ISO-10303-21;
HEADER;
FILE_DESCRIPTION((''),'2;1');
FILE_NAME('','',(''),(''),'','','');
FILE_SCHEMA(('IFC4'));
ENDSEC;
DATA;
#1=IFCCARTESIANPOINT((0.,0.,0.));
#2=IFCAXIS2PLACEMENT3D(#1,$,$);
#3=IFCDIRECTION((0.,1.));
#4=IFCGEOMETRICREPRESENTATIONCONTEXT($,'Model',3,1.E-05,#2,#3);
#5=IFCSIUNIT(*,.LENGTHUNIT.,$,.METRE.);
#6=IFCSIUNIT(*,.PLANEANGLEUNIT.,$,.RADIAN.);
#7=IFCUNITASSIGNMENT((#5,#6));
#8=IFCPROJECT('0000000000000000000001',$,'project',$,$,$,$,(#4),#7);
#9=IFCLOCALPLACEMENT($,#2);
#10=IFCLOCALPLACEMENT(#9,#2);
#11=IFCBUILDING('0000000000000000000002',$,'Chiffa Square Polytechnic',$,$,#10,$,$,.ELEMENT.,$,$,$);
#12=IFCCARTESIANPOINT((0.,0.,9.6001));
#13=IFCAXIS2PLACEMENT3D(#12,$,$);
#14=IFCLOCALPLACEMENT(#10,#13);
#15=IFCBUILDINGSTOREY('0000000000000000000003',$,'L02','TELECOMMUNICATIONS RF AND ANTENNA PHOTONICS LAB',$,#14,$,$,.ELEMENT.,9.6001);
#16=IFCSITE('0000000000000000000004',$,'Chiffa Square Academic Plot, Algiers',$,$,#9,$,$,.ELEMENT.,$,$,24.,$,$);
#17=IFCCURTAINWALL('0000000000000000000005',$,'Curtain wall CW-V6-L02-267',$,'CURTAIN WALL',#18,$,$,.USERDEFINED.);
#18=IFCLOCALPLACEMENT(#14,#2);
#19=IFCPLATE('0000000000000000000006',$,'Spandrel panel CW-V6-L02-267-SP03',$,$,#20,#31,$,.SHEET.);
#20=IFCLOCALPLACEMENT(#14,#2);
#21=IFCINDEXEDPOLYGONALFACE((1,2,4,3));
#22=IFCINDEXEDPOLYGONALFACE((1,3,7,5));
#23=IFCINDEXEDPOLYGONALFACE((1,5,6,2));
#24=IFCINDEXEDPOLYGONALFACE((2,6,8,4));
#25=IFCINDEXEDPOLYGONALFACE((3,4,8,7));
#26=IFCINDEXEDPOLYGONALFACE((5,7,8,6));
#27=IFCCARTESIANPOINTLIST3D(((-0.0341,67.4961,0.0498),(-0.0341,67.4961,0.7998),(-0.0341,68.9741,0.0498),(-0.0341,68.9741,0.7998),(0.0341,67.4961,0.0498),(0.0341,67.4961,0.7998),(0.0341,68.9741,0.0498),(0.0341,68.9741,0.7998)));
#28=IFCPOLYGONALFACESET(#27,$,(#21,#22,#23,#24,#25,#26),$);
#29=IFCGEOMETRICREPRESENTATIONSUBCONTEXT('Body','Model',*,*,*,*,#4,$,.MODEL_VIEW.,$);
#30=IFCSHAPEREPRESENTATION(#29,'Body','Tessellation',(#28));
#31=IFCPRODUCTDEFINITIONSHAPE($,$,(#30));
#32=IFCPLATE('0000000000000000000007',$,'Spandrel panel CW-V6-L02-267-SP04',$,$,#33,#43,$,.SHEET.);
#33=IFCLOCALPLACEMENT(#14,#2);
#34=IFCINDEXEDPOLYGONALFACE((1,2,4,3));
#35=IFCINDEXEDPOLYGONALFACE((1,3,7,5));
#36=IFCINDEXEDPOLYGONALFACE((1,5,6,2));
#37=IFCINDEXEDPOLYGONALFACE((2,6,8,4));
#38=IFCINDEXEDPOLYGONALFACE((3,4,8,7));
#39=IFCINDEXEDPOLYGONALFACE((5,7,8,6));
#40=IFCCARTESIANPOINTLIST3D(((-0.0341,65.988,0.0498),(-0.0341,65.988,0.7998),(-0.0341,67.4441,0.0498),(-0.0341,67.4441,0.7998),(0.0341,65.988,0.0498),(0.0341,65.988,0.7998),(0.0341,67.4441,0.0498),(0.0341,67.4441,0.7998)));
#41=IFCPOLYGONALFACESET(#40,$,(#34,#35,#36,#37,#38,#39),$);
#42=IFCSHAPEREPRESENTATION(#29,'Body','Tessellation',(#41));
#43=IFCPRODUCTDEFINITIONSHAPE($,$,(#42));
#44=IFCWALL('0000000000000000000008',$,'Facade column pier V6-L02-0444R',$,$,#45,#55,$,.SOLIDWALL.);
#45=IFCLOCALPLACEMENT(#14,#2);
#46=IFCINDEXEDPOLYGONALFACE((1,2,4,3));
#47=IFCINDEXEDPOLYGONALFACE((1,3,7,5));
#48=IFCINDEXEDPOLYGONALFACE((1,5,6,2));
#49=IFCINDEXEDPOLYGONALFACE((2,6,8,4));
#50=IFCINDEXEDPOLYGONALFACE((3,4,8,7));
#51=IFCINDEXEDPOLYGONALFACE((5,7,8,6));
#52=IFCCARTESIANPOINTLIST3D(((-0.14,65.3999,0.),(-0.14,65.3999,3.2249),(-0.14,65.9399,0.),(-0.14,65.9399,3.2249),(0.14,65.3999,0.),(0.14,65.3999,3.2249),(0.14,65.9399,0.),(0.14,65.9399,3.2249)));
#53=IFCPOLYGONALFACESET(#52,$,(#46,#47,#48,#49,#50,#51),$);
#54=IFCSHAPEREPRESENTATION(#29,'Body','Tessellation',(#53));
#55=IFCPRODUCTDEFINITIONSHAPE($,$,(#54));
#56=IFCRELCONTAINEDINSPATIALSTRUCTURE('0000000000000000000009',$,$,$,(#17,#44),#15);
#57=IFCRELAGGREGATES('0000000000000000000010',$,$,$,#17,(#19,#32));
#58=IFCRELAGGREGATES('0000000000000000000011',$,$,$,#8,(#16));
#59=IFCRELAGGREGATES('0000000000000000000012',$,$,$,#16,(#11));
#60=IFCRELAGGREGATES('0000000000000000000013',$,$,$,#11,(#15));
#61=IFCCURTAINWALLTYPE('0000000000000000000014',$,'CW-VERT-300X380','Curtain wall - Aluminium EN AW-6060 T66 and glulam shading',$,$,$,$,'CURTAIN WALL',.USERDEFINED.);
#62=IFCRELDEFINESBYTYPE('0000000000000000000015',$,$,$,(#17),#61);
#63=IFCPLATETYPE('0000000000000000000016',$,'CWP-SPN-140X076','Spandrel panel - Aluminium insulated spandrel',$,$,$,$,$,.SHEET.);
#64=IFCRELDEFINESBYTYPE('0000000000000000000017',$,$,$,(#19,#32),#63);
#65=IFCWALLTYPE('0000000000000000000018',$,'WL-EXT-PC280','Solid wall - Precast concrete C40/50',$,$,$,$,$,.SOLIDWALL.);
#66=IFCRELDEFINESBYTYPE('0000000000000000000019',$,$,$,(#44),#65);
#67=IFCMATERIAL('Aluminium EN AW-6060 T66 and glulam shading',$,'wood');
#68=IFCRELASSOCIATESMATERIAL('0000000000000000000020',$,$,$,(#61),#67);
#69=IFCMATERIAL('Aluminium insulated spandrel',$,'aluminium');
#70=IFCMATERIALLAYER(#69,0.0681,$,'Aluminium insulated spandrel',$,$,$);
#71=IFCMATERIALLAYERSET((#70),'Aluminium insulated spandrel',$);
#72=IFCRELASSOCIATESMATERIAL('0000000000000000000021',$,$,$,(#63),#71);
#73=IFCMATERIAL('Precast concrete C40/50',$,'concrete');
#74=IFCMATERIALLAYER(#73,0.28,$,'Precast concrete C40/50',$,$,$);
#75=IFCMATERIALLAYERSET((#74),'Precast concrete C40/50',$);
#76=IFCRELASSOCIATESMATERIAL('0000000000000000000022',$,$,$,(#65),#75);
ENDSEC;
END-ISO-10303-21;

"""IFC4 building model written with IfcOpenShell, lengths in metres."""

from ifc_helpers import new_model, si_unit, direction, frame, frame_2d, origin, origin_2d, place, context, subcontext, project, spatial, rectangle, extrude, material, layer, layer_set, type_object, element, aggregate, save


model = new_model("IFC4")

# Units and contexts
model_context = context("Model", 3, precision=1e-05, world=origin(), true_north=direction((0.0, 1.0)))
body_context = subcontext(model_context, "Body", "Model", "MODEL_VIEW")
ifc_project = project(units=[si_unit("LENGTHUNIT", "METRE"), si_unit("PLANEANGLEUNIT", "RADIAN")], contexts=[model_context])

# Site, building, storey
site_placement = place(None, origin())
site = spatial("IfcSite", under=ifc_project, at=site_placement, Name="Chiffa Square Academic Plot, Algiers", CompositionType="ELEMENT", RefElevation=24.0)
building_placement = place(site_placement, origin())
building = spatial("IfcBuilding", under=site, at=building_placement, Name="Chiffa Square Polytechnic", CompositionType="ELEMENT")
storey_placement = place(building_placement, frame((0.0, 0.0, 9.6001)))
storey = spatial("IfcBuildingStorey", under=building, at=storey_placement, Name="L02", Description="TELECOMMUNICATIONS RF AND ANTENNA PHOTONICS LAB", CompositionType="ELEMENT", Elevation=9.6001)

# Curtain wall
ifc_material_1 = material(Name="Aluminium EN AW-6060 T66 and glulam shading", Category="wood")
curtain_wall_type = type_object("IfcCurtainWallType", Name="CW-VERT-300X380", Description="Curtain wall - Aluminium EN AW-6060 T66 and glulam shading", ElementType="CURTAIN WALL", PredefinedType="USERDEFINED", material=ifc_material_1)
curtain_wall_placement = place(storey_placement, origin())
curtain_wall = element("IfcCurtainWall", 1, at=curtain_wall_placement, inside=storey, type_object=curtain_wall_type, Name="Curtain wall CW-V6-L02-267", ObjectType="CURTAIN WALL", PredefinedType="USERDEFINED")

# Plates
ifc_material_2 = material(Name="Aluminium insulated spandrel", Category="aluminium")
ifc_layer_1 = layer(ifc_material_2, 0.0681, Name="Aluminium insulated spandrel")
ifc_layer_set_1 = layer_set([ifc_layer_1], Name="Aluminium insulated spandrel")
plate_type_1 = type_object("IfcPlateType", Name="CWP-SPN-140X076", Description="Spandrel panel - Aluminium insulated spandrel", PredefinedType="SHEET", material=ifc_layer_set_1)
plate_1_placement = place(storey_placement, frame((0.0, 68.2351, 0.0498), z_axis=(0.0, 0.0, 1.0), x_axis=(0.0, -1.0, 0.0)))
plate_1 = element("IfcPlate", 2, at=plate_1_placement, type_object=plate_type_1, Name="Spandrel panel CW-V6-L02-267-SP03", PredefinedType="SHEET", context=body_context, shape_type="SweptSolid", body=[
    extrude(rectangle(XDim=1.478, YDim=0.0681, at=origin_2d()), origin(), (0.0, 0.0, 1.0), 0.75),
])
plate_2_placement = place(storey_placement, frame((0.0, 66.7161, 0.0498), z_axis=(0.0, 0.0, 1.0), x_axis=(0.0, -1.0, 0.0)))
plate_2 = element("IfcPlate", 3, at=plate_2_placement, type_object=plate_type_1, Name="Spandrel panel CW-V6-L02-267-SP04", PredefinedType="SHEET", context=body_context, shape_type="SweptSolid", body=[
    extrude(rectangle(XDim=1.4561, YDim=0.0681, at=origin_2d()), origin(), (0.0, 0.0, 1.0), 0.75),
])
aggregate(curtain_wall, [plate_1, plate_2])

# Wall
ifc_material_3 = material(Name="Precast concrete C40/50", Category="concrete")
ifc_layer_2 = layer(ifc_material_3, 0.28, Name="Precast concrete C40/50")
ifc_layer_set_2 = layer_set([ifc_layer_2], Name="Precast concrete C40/50")
wall_type = type_object("IfcWallType", Name="WL-EXT-PC280", Description="Solid wall - Precast concrete C40/50", PredefinedType="SOLIDWALL", material=ifc_layer_set_2)
wall_placement = place(storey_placement, frame((0.0, 65.9399, 0.0), z_axis=(0.0, 0.0, 1.0), x_axis=(0.0, -1.0, 0.0)))
element("IfcWall", 4, at=wall_placement, inside=storey, type_object=wall_type, Name="Facade column pier V6-L02-0444R", PredefinedType="SOLIDWALL", context=body_context, shape_type="SweptSolid", body=[
    extrude(rectangle(XDim=0.54, YDim=0.28, at=frame_2d((0.27, 0.0))), origin(), (0.0, 0.0, 1.0), 3.2249),
])

save(model, "model.ifc")
